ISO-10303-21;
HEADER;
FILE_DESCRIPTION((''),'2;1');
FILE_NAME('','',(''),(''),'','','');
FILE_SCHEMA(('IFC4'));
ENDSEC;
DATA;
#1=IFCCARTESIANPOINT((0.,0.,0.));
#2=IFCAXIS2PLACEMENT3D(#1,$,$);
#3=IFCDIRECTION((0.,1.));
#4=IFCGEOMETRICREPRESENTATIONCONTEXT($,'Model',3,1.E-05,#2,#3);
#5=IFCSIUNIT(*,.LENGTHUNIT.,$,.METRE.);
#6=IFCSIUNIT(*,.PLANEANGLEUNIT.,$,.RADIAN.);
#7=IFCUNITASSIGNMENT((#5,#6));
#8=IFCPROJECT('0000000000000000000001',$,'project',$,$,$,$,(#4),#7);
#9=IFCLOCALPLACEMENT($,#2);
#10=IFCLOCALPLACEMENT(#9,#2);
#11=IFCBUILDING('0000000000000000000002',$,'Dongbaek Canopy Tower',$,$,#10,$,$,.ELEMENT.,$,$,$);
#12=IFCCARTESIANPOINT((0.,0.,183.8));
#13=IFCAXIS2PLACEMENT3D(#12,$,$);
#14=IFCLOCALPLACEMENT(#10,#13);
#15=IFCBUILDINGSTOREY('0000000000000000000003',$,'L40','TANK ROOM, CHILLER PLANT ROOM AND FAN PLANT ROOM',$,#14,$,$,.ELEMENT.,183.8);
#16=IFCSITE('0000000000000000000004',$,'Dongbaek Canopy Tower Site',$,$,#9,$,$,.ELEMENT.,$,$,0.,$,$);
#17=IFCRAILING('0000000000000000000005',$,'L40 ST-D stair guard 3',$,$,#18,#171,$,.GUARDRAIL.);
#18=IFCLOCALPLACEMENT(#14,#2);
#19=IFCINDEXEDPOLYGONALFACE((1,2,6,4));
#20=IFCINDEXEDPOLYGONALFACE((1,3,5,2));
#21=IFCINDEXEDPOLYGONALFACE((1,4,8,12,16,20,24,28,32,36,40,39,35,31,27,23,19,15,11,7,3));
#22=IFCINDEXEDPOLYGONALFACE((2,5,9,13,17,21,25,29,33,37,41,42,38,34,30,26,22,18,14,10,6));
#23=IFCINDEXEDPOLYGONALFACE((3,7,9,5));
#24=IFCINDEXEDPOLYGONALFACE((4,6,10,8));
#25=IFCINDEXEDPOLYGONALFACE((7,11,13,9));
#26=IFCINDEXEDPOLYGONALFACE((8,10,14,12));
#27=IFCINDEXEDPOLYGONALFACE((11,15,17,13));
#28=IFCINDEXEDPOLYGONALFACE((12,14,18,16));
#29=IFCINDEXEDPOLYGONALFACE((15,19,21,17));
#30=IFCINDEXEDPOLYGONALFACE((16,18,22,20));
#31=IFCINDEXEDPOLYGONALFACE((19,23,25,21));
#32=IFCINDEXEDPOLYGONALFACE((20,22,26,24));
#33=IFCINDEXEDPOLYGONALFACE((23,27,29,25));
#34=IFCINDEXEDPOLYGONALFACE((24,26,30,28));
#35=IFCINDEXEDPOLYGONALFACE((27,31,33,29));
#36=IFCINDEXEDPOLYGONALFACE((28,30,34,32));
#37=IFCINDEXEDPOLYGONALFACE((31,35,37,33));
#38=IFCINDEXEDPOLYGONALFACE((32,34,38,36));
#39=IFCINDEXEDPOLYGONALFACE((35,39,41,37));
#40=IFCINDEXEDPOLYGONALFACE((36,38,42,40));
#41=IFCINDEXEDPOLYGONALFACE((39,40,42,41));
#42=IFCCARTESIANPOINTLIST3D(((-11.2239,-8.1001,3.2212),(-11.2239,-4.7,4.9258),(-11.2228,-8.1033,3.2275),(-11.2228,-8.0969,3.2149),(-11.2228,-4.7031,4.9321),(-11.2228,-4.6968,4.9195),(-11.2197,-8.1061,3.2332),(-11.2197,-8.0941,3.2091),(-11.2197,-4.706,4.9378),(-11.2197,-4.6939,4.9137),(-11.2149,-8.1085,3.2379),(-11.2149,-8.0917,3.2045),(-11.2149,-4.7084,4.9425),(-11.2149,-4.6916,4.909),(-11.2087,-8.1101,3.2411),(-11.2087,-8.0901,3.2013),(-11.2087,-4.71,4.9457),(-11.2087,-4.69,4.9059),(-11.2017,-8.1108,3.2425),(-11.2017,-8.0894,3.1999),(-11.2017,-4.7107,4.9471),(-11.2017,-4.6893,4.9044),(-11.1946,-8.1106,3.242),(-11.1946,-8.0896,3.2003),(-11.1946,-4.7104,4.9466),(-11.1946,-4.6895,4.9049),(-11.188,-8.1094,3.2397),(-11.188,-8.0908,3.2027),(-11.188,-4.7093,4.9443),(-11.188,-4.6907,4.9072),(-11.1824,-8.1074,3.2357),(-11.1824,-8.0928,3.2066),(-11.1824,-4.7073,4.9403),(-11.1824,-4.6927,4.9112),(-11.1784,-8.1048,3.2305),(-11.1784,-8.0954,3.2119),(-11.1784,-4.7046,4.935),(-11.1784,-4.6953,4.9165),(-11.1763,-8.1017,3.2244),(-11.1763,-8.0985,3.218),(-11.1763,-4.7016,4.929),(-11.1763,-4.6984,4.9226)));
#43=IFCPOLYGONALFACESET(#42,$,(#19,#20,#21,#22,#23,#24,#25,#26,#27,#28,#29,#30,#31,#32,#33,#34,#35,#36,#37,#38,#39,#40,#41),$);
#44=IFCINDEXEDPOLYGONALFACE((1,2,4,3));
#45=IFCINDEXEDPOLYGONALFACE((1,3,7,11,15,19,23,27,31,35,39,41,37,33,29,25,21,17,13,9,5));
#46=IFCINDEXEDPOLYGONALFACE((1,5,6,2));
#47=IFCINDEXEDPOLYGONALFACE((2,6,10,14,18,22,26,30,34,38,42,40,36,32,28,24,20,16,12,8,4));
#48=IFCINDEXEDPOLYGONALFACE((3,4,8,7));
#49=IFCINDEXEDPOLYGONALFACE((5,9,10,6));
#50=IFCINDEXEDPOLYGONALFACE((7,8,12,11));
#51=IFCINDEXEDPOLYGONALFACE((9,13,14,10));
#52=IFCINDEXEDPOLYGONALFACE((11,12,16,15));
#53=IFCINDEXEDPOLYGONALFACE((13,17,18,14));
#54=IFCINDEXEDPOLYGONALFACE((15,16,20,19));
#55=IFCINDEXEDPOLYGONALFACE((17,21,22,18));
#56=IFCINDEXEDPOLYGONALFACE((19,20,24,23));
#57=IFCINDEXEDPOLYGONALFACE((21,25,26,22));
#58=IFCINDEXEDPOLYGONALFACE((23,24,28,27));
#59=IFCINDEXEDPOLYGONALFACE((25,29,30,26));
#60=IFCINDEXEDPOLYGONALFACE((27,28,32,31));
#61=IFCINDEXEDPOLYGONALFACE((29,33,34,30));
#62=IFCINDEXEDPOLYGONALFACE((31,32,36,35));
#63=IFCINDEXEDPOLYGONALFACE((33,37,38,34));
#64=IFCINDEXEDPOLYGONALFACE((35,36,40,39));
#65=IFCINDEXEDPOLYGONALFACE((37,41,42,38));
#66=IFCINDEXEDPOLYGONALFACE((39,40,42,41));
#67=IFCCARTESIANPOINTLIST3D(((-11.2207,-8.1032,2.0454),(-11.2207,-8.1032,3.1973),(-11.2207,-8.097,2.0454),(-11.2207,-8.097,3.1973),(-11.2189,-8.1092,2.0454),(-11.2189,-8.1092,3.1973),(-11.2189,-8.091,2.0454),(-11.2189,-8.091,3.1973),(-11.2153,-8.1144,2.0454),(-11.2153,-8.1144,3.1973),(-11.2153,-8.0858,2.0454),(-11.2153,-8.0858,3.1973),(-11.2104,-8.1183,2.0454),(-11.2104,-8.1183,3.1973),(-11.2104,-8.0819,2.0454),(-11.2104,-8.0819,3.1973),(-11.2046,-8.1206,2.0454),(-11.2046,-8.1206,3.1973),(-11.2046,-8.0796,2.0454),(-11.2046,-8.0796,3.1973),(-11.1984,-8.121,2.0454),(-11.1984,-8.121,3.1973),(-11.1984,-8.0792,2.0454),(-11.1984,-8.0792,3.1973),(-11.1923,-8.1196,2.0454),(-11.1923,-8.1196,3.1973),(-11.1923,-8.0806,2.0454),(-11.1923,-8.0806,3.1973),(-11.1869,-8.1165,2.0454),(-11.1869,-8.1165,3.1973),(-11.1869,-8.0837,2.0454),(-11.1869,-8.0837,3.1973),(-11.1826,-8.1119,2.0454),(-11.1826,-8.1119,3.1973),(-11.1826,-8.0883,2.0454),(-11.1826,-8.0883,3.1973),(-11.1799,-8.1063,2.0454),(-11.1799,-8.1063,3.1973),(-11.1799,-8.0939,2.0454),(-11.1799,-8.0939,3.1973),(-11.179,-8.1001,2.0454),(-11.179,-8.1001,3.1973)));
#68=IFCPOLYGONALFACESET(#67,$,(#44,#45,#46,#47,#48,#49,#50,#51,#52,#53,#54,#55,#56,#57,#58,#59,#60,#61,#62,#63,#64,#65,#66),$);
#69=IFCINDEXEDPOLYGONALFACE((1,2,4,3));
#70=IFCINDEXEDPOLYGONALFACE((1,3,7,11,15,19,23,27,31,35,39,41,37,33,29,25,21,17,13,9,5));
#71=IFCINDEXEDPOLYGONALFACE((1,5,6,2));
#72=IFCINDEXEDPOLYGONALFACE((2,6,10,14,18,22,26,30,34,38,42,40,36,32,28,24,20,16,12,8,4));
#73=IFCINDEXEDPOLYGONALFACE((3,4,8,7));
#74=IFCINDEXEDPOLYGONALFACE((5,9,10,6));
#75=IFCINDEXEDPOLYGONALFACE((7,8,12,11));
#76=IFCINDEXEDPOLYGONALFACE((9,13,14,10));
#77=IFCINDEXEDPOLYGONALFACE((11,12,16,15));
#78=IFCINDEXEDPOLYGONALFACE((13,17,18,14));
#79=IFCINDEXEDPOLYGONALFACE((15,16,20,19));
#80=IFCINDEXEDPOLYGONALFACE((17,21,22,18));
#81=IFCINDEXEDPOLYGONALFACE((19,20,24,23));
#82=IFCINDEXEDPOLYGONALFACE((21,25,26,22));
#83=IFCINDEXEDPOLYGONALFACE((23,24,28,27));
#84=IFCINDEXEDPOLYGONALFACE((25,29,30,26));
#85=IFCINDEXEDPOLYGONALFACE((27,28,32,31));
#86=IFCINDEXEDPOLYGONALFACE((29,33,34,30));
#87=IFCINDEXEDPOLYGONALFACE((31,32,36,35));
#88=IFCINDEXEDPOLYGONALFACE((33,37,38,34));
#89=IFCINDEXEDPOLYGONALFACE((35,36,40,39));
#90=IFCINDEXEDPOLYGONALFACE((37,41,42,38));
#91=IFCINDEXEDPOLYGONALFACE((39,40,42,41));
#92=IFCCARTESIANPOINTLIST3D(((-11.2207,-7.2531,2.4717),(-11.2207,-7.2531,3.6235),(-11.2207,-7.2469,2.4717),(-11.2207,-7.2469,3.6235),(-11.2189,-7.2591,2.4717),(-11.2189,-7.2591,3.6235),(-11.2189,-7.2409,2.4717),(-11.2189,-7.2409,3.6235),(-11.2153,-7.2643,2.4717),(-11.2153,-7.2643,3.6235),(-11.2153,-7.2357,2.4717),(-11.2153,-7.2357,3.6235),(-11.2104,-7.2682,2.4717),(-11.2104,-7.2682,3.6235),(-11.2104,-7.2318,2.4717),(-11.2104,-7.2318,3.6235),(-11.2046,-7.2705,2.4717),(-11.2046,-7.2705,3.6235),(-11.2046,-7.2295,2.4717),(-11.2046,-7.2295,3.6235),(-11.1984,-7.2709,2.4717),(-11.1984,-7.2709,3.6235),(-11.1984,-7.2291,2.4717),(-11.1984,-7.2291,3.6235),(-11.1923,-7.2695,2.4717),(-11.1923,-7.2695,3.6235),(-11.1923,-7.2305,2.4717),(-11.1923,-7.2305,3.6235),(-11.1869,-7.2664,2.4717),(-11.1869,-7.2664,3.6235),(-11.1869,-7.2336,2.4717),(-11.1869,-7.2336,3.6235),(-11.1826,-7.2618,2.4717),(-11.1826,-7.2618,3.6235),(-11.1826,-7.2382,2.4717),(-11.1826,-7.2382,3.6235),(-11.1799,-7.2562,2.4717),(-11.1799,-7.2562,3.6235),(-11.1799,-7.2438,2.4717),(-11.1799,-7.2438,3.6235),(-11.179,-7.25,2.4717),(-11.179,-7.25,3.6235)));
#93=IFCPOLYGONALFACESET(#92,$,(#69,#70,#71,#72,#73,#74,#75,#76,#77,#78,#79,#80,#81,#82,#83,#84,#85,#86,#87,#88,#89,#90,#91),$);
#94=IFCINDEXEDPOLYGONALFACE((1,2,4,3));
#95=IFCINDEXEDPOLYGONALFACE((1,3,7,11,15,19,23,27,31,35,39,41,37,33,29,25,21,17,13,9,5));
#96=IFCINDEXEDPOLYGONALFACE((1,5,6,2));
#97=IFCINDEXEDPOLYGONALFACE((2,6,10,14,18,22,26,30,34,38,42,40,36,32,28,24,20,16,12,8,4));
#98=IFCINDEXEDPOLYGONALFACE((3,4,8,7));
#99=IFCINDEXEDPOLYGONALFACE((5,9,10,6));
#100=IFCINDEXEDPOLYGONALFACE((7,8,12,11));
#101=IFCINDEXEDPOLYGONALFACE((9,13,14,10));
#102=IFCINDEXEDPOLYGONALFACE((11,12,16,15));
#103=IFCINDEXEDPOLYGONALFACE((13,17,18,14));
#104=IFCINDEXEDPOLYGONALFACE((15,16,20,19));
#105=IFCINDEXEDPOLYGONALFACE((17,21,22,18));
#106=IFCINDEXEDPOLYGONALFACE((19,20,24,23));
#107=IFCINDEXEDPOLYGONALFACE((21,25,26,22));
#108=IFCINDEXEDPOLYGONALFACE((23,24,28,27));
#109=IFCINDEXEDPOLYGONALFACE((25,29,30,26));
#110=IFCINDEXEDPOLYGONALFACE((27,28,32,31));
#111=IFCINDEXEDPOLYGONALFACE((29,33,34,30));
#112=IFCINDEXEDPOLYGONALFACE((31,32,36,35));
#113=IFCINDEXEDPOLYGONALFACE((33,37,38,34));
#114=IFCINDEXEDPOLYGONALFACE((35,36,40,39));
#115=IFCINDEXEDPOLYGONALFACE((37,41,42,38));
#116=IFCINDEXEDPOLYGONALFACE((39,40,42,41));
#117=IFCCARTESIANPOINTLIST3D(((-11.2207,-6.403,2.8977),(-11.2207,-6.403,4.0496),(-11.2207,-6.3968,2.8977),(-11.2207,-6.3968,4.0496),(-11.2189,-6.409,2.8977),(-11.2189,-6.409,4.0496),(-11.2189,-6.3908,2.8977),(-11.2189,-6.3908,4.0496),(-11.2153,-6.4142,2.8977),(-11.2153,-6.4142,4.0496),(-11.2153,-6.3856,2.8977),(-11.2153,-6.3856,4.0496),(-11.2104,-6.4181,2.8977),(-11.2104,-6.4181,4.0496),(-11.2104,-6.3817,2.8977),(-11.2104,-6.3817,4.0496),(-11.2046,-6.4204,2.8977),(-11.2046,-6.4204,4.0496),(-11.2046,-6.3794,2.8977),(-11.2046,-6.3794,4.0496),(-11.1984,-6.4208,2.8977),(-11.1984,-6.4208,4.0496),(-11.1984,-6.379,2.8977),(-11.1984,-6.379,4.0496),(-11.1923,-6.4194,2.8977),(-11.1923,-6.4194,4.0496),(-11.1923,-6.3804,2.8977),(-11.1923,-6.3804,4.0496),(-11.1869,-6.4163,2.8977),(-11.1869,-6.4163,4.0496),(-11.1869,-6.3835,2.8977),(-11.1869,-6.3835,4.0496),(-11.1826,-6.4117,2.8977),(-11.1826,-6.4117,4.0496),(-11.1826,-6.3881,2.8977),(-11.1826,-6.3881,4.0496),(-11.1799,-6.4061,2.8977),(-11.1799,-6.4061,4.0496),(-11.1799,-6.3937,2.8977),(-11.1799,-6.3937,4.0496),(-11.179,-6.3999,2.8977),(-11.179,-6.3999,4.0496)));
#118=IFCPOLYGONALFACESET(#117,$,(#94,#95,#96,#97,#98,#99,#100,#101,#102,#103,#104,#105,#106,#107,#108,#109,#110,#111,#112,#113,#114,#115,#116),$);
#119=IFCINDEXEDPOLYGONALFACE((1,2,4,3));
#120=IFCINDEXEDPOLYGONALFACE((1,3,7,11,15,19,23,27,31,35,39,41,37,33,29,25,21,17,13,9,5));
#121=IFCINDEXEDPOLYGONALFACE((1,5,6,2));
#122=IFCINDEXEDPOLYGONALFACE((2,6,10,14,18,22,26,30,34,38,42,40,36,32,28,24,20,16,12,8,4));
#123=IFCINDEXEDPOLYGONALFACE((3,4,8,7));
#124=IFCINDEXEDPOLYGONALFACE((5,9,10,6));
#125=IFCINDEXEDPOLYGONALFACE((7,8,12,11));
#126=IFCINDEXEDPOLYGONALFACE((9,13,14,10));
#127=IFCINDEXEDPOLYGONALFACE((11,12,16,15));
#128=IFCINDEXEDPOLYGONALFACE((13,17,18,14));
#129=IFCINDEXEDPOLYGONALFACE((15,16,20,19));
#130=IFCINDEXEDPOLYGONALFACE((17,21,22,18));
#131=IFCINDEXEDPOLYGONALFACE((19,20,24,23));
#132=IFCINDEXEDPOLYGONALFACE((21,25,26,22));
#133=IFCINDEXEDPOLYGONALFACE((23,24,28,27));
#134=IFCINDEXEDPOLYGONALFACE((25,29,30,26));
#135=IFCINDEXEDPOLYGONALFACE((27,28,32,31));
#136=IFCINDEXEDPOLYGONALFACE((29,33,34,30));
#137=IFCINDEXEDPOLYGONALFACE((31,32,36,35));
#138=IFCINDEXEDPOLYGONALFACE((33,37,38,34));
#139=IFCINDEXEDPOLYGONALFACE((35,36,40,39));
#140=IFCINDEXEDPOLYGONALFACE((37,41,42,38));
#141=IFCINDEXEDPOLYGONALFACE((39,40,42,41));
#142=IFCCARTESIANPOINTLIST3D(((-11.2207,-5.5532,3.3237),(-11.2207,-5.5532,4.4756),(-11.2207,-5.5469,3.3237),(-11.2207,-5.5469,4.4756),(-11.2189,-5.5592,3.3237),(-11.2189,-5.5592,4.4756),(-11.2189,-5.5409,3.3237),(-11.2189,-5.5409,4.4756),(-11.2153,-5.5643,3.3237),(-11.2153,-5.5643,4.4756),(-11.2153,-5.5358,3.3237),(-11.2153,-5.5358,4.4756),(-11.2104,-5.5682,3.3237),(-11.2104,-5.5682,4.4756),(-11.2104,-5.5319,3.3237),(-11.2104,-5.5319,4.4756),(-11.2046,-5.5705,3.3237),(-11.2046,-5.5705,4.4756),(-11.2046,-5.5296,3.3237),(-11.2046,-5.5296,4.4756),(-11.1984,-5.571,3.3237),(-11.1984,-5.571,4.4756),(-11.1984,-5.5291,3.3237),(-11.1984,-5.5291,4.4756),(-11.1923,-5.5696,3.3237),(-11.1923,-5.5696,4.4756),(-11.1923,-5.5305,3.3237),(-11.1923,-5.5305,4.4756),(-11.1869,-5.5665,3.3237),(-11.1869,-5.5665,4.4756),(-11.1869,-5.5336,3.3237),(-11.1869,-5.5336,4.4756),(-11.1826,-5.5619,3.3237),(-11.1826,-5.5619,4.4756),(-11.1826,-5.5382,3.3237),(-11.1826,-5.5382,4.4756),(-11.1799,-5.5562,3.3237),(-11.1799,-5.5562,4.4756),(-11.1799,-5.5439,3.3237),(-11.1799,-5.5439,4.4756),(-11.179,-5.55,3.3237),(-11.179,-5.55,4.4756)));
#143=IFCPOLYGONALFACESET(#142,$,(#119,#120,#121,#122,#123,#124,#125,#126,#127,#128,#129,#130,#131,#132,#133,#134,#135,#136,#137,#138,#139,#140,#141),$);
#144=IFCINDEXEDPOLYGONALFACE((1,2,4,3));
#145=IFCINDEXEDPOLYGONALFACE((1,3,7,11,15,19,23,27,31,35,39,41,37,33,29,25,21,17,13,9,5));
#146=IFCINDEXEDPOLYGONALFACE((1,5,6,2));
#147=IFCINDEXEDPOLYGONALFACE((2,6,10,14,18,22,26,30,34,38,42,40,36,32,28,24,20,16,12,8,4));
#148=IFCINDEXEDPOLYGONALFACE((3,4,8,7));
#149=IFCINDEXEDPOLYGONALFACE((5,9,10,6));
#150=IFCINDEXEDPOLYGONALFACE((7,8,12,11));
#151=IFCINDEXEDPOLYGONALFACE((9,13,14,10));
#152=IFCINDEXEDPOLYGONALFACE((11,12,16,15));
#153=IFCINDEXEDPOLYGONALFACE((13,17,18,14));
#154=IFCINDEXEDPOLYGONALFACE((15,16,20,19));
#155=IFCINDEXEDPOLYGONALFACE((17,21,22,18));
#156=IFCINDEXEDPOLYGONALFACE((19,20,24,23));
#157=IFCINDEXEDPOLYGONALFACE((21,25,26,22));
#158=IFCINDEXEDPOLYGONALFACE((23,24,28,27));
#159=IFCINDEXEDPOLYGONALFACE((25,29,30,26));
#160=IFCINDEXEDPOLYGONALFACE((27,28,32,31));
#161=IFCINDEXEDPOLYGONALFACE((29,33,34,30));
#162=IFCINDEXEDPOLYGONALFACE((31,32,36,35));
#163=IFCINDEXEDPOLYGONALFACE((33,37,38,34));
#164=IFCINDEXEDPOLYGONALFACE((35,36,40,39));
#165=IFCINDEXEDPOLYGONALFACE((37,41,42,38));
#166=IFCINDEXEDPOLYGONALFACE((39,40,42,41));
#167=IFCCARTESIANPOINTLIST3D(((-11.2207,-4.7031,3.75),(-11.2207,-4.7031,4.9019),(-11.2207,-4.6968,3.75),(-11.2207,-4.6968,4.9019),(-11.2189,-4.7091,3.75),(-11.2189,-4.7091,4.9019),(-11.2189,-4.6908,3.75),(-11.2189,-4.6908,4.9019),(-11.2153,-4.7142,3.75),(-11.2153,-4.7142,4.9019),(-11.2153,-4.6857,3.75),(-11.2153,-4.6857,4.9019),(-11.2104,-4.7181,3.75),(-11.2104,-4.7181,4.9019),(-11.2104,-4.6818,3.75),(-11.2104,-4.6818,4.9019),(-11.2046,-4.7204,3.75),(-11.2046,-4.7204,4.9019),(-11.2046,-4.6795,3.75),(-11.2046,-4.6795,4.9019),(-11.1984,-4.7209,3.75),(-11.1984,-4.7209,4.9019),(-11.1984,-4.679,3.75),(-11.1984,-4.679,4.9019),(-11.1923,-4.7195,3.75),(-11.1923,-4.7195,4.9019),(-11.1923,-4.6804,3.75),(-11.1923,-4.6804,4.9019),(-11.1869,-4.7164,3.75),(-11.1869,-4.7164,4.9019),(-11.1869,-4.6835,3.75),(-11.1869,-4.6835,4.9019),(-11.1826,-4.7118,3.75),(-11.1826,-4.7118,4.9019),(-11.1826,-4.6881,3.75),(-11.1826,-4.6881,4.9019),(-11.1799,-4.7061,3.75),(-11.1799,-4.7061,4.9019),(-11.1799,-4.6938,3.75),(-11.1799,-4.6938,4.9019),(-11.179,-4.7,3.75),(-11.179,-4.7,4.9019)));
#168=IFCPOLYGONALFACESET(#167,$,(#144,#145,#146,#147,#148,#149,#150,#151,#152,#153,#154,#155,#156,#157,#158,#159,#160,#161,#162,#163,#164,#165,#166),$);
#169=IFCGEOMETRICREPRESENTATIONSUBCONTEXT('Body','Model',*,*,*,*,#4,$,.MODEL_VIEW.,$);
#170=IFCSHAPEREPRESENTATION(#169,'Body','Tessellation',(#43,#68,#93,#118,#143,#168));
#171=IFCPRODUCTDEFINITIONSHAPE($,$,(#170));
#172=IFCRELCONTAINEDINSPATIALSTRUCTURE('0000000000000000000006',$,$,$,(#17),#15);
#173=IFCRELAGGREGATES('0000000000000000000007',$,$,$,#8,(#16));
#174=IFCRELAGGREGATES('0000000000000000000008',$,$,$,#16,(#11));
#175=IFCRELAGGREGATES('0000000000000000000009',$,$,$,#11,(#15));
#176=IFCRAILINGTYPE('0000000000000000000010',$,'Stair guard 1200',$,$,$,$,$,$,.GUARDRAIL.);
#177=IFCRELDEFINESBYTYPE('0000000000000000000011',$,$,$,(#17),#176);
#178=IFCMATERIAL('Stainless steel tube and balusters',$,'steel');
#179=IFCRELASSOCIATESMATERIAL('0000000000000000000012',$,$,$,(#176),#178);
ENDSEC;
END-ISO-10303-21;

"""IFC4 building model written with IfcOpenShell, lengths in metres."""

from ifc_helpers import new_model, si_unit, direction, frame, origin, origin_2d, place, context, subcontext, project, spatial, circle, extrude, material, type_object, element, save


model = new_model("IFC4")

# Units and contexts
model_context = context("Model", 3, precision=1e-05, world=origin(), true_north=direction((0.0, 1.0)))
body_context = subcontext(model_context, "Body", "Model", "MODEL_VIEW")
ifc_project = project(units=[si_unit("LENGTHUNIT", "METRE"), si_unit("PLANEANGLEUNIT", "RADIAN")], contexts=[model_context])

# Site, building, storey
site_placement = place(None, origin())
site = spatial("IfcSite", under=ifc_project, at=site_placement, Name="Dongbaek Canopy Tower Site", CompositionType="ELEMENT", RefElevation=0.0)
building_placement = place(site_placement, origin())
building = spatial("IfcBuilding", under=site, at=building_placement, Name="Dongbaek Canopy Tower", CompositionType="ELEMENT")
storey_placement = place(building_placement, frame((0.0, 0.0, 183.8)))
storey = spatial("IfcBuildingStorey", under=building, at=storey_placement, Name="L40", Description="TANK ROOM, CHILLER PLANT ROOM AND FAN PLANT ROOM", CompositionType="ELEMENT", Elevation=183.8)

# Railing
ifc_material_1 = material(Name="Stainless steel tube and balusters", Category="steel")
railing_type_1 = type_object("IfcRailingType", Name="Stair guard 1200", PredefinedType="GUARDRAIL", material=ifc_material_1)
for number, where, name in (
    (1, (-11.2, -8.1001, 2.0454), "L40 ST-D stair guard 3"),
):
    element("IfcRailing", number, at=place(storey_placement, frame(where)), inside=storey, type_object=railing_type_1, Name=name, PredefinedType="GUARDRAIL", context=body_context, shape_type="SweptSolid", body=[
        extrude(circle(Radius=0.0239, at=origin_2d()), frame((0.0, 0.0, 1.1758), z_axis=(0.0, 0.893952, 0.448163), x_axis=(-1.0, 0.0, 0.0)), (0.0, 0.0, 1.0), 3.8035),
        extrude(circle(Radius=0.021, at=origin_2d()), origin(), (0.0, 0.0, 1.0), 1.1519),
        extrude(circle(Radius=0.021, at=origin_2d()), frame((0.0, 0.8501, 0.4263)), (0.0, 0.0, 1.0), 1.1519),
        extrude(circle(Radius=0.021, at=origin_2d()), frame((0.0, 1.7002, 0.8523)), (0.0, 0.0, 1.0), 1.1519),
        extrude(circle(Radius=0.021, at=origin_2d()), frame((0.0, 2.55, 1.2783)), (0.0, 0.0, 1.0), 1.1519),
        extrude(circle(Radius=0.021, at=origin_2d()), frame((0.0, 3.4001, 1.7046)), (0.0, 0.0, 1.0), 1.1519),
    ])

save(model, "model.ifc")
